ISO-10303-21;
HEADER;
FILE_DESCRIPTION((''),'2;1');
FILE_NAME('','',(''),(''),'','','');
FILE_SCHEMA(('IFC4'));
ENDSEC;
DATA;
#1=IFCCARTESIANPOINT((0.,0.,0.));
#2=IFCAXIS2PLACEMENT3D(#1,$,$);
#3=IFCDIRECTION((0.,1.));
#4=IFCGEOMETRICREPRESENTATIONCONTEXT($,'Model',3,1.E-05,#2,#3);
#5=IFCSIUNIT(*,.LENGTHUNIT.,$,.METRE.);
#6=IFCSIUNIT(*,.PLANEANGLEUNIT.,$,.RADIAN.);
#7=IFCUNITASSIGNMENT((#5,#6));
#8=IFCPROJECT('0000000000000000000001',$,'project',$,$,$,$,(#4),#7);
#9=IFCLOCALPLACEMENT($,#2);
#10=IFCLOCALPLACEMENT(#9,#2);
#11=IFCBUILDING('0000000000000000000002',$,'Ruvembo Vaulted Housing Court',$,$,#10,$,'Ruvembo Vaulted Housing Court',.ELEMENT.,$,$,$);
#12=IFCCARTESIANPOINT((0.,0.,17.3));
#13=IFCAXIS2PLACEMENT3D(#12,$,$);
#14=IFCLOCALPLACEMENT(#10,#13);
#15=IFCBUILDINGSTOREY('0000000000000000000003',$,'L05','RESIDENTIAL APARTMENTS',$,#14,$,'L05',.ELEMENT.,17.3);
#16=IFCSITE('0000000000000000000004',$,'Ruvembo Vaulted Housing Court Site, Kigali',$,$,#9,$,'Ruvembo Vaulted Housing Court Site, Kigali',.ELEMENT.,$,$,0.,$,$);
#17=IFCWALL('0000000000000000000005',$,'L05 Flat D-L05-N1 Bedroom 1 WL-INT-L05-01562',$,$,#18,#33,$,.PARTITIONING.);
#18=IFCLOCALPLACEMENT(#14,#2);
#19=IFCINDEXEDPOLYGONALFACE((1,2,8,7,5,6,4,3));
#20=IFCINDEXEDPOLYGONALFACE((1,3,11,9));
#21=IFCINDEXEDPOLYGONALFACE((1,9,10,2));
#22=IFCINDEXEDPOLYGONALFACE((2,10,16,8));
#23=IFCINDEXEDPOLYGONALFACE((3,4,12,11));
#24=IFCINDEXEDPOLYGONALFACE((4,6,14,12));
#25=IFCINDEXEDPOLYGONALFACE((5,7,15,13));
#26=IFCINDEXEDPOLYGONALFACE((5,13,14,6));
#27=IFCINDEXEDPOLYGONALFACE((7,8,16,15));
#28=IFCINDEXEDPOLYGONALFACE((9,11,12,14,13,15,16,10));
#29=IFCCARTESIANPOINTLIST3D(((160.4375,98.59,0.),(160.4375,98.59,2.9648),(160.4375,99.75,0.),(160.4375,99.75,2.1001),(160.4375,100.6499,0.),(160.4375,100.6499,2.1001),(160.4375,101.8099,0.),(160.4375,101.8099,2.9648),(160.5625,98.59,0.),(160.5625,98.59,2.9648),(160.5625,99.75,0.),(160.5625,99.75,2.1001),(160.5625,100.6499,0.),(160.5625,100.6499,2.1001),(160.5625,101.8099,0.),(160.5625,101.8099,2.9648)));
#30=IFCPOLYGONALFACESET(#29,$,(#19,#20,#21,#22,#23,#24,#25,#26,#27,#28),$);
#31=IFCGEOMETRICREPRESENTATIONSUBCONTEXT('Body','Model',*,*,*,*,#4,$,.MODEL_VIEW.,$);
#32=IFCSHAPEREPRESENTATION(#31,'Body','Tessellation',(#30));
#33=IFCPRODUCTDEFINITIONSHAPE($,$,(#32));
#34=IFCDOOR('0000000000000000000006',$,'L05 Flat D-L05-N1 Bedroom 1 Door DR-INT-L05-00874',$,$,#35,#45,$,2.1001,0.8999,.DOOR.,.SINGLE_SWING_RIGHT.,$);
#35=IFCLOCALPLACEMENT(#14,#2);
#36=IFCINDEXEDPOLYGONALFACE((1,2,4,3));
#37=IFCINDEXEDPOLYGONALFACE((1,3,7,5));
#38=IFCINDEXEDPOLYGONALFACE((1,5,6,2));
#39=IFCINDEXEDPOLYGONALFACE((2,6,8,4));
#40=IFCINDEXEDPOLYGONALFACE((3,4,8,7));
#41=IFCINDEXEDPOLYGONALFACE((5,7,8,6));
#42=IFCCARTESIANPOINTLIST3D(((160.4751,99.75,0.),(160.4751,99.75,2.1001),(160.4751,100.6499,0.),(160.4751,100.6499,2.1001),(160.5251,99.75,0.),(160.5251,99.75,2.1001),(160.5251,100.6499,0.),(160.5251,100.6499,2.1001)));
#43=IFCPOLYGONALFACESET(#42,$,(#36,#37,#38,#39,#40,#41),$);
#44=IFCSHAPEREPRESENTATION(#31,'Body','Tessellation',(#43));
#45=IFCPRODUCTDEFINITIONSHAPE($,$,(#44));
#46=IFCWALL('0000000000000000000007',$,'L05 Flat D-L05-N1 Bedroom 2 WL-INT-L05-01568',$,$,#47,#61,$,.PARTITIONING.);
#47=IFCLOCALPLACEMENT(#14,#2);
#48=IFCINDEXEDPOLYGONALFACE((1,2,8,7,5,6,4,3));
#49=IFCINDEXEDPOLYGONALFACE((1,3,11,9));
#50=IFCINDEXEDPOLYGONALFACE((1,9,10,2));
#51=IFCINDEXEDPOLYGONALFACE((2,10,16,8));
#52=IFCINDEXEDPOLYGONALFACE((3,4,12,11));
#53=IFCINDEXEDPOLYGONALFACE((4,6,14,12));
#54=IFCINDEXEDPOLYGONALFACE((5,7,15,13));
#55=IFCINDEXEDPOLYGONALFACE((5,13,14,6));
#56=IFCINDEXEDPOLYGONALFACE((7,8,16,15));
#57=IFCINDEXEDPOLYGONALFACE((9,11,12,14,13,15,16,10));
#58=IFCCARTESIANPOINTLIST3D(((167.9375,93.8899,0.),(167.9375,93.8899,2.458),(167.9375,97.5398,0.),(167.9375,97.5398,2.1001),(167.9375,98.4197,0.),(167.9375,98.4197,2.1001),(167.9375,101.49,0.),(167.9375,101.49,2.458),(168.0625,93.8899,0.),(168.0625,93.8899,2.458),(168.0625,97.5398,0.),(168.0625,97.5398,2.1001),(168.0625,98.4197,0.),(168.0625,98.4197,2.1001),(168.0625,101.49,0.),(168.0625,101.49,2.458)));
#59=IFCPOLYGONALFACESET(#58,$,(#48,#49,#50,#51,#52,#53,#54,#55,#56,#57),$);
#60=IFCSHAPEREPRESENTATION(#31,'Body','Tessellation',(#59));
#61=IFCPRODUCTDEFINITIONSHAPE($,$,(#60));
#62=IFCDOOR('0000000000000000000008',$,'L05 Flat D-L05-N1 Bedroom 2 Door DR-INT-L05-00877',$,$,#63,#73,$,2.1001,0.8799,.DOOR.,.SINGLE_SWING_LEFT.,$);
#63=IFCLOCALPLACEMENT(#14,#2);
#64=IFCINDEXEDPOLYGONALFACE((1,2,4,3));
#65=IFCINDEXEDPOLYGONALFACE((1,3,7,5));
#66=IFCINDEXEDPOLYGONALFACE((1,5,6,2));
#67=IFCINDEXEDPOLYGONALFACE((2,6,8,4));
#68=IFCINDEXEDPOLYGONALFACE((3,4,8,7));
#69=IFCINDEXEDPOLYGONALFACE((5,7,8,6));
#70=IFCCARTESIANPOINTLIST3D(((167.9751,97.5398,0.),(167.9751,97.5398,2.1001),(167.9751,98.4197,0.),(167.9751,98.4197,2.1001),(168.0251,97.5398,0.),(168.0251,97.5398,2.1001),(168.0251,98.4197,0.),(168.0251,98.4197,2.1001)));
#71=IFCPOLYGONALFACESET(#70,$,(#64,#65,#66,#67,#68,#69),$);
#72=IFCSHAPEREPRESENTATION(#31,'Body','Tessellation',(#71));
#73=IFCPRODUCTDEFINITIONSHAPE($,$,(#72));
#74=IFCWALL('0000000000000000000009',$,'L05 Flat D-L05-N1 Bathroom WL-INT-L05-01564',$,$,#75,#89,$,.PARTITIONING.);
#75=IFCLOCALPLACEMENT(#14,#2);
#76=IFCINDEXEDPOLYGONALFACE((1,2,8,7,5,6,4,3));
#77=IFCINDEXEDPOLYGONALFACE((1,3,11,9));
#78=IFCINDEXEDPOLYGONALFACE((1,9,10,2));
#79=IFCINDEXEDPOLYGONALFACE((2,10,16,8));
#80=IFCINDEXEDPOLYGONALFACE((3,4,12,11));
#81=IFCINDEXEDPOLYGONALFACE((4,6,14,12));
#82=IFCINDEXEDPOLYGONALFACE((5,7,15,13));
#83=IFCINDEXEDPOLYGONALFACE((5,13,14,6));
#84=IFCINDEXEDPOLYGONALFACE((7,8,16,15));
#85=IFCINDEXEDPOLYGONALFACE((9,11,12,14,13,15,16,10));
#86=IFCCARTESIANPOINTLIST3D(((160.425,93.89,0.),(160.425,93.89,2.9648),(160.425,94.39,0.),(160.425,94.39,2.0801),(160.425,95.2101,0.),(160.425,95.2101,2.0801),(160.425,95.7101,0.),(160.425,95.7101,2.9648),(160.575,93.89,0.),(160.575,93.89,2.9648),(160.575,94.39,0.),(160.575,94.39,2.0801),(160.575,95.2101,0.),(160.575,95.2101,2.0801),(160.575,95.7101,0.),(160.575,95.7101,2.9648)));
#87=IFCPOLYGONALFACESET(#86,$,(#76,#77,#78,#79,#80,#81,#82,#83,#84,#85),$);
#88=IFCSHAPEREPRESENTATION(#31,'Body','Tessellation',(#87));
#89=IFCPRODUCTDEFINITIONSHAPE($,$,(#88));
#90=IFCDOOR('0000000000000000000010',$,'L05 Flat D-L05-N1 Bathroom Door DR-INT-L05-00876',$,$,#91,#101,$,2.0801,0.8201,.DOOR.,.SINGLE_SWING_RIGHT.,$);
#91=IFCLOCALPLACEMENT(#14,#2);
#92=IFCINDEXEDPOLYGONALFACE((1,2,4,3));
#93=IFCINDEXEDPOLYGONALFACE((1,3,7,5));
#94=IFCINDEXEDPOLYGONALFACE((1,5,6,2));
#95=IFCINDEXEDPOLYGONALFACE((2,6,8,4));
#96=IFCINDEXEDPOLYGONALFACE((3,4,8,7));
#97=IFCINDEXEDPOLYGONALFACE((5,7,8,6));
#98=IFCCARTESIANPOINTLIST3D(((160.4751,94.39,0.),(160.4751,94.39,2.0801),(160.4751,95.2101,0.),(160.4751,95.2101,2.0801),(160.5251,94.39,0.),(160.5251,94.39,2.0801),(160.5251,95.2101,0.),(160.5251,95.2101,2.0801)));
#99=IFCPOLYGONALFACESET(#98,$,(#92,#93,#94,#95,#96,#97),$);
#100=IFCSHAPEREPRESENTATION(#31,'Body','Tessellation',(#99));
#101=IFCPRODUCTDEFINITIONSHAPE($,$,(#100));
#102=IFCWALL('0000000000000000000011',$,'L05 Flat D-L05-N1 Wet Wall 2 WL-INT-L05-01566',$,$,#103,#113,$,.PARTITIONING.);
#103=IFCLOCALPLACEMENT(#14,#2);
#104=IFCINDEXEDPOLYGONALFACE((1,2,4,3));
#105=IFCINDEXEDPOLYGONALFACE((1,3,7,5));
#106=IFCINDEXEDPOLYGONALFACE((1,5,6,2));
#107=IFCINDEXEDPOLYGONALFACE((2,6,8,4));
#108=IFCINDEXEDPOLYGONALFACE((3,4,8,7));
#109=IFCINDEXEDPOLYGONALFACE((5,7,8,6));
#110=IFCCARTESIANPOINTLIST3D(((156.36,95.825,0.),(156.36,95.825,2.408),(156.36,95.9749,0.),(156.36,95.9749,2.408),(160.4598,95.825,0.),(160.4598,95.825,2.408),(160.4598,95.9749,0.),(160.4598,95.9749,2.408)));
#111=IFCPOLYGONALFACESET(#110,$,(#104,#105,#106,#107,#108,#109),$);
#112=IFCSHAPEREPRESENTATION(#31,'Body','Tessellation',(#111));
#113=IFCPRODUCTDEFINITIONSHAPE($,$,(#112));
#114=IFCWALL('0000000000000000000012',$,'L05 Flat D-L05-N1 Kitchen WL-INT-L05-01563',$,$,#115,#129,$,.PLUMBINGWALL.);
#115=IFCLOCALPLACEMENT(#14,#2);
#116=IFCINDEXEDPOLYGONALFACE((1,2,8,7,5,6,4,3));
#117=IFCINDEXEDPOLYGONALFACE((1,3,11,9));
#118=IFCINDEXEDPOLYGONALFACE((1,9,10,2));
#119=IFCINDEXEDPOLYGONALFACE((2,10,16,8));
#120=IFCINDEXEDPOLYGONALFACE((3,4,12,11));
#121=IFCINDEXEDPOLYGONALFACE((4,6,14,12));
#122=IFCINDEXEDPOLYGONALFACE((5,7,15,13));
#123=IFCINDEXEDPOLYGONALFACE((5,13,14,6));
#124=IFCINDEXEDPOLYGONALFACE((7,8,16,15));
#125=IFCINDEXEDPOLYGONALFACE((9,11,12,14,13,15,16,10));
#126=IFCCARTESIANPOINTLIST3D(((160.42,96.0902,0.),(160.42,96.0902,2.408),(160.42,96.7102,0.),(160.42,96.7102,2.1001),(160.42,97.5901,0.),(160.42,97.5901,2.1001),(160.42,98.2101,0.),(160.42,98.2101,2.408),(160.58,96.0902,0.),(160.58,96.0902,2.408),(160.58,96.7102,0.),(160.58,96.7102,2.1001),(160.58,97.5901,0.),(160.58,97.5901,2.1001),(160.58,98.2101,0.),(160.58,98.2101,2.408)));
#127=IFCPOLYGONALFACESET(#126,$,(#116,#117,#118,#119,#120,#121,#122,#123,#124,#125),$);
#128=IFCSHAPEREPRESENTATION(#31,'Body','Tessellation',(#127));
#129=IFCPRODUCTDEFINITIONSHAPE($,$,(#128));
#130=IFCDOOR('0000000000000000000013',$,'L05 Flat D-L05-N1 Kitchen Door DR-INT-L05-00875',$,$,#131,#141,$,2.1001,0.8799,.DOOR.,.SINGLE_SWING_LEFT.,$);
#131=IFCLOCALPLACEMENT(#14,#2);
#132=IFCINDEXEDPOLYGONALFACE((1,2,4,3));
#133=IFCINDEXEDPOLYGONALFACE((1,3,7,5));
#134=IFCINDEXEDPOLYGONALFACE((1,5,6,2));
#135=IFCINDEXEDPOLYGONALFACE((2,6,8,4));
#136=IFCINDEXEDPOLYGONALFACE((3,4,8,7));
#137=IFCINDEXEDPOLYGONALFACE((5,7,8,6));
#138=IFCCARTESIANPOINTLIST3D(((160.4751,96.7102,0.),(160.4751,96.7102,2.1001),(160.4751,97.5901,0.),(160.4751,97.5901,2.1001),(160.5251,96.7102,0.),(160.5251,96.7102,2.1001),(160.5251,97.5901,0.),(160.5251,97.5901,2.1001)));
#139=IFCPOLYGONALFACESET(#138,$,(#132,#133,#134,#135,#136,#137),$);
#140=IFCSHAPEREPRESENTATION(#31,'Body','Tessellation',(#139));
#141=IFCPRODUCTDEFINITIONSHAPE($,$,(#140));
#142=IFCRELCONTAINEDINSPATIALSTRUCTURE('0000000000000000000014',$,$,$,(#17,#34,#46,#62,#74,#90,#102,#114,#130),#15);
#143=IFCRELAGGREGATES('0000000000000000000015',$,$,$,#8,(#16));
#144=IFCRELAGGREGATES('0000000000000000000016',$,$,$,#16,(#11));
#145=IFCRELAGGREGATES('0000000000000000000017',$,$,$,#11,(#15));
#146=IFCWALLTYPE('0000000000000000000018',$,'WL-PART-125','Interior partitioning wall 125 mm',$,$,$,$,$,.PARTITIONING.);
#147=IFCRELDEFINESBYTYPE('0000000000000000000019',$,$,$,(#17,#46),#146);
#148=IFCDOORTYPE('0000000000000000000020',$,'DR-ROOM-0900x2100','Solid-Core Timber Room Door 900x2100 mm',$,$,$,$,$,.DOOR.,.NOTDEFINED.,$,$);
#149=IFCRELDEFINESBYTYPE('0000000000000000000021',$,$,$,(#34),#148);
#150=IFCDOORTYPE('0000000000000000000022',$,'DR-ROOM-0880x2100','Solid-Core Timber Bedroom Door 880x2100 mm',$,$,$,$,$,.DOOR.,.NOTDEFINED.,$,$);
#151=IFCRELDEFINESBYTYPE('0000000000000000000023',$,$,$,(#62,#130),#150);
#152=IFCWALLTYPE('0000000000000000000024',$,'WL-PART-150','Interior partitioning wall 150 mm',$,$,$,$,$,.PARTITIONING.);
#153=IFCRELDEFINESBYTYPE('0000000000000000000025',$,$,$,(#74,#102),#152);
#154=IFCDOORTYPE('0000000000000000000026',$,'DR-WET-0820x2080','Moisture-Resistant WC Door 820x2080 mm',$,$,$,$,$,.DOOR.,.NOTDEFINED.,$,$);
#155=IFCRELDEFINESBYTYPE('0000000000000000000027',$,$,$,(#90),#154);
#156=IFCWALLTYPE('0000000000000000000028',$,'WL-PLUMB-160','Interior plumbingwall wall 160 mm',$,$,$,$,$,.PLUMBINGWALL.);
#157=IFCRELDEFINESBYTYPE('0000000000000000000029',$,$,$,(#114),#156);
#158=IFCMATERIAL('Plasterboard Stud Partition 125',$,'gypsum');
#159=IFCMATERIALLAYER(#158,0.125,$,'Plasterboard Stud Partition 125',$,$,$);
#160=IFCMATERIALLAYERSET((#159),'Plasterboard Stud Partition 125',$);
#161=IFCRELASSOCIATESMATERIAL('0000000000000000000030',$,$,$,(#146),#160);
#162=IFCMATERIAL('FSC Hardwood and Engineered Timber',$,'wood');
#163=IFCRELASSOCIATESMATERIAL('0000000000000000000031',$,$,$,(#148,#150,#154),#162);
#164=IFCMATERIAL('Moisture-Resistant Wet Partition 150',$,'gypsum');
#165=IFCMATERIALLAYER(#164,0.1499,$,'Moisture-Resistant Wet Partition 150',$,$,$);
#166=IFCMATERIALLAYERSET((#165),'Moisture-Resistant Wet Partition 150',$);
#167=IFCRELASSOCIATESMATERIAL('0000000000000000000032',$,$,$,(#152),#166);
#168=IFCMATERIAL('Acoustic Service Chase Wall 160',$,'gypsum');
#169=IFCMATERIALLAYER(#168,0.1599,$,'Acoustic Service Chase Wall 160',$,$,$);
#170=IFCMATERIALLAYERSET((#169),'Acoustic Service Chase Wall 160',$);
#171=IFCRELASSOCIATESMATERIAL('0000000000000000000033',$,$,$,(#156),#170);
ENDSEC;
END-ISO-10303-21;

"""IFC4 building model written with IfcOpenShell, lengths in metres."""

from ifc_helpers import new_model, si_unit, direction, frame, frame_2d, origin, place, context, subcontext, project, spatial, rectangle, extrude, material, layer, layer_set, type_object, element, fill, save


model = new_model("IFC4")

# Units and contexts
model_context = context("Model", 3, precision=1e-05, world=origin(), true_north=direction((0.0, 1.0)))
body_context = subcontext(model_context, "Body", "Model", "MODEL_VIEW")
ifc_project = project(units=[si_unit("LENGTHUNIT", "METRE"), si_unit("PLANEANGLEUNIT", "RADIAN")], contexts=[model_context])

# Site, building, storey
site_placement = place(None, origin())
site = spatial("IfcSite", under=ifc_project, at=site_placement, Name="Ruvembo Vaulted Housing Court Site, Kigali", LongName="Ruvembo Vaulted Housing Court Site, Kigali", CompositionType="ELEMENT", RefElevation=0.0)
building_placement = place(site_placement, origin())
building = spatial("IfcBuilding", under=site, at=building_placement, Name="Ruvembo Vaulted Housing Court", LongName="Ruvembo Vaulted Housing Court", CompositionType="ELEMENT")
storey_placement = place(building_placement, frame((0.0, 0.0, 17.3)))
storey = spatial("IfcBuildingStorey", under=building, at=storey_placement, Name="L05", Description="RESIDENTIAL APARTMENTS", LongName="L05", CompositionType="ELEMENT", Elevation=17.3)

# Shared definitions
ifc_material_1 = material(Name="FSC Hardwood and Engineered Timber", Category="wood")

# Walls, openings, doors
ifc_material_2 = material(Name="Plasterboard Stud Partition 125", Category="gypsum")
ifc_layer_1 = layer(ifc_material_2, 0.125, Name="Plasterboard Stud Partition 125")
ifc_layer_set_1 = layer_set([ifc_layer_1], Name="Plasterboard Stud Partition 125")
wall_type_1 = type_object("IfcWallType", Name="WL-PART-125", Description="Interior partitioning wall 125 mm", PredefinedType="PARTITIONING", material=ifc_layer_set_1)
wall_1_placement = place(storey_placement, frame((160.5, 98.5901, 0.0), z_axis=(0.0, 0.0, 1.0), x_axis=(0.0, 1.0, 0.0)))
wall_1 = element("IfcWall", 1, at=wall_1_placement, inside=storey, type_object=wall_type_1, Name="L05 Flat D-L05-N1 Bedroom 1 WL-INT-L05-01562", PredefinedType="PARTITIONING", context=body_context, shape_type="SweptSolid", body=[
    extrude(rectangle(XDim=3.22, YDim=0.125, at=frame_2d((1.6099, 0.0))), origin(), (0.0, 0.0, 1.0), 2.9648),
])
opening_1_placement = place(wall_1_placement, frame((1.1599, 0.0, 0.0)))
opening_1 = element("IfcOpeningElement", 2, at=opening_1_placement, cuts=wall_1, PredefinedType="OPENING", context=body_context, shape_type="SweptSolid", body=[
    extrude(rectangle(XDim=0.8999, YDim=2.1001, at=frame_2d((0.45, 1.05))), frame((0.0, 0.0725, 0.0), z_axis=(0.0, -1.0, 0.0), x_axis=(1.0, 0.0, 0.0)), (0.0, 0.0, 1.0), 0.145),
])
door_type_1 = type_object("IfcDoorType", Name="DR-ROOM-0900x2100", Description="Solid-Core Timber Room Door 900x2100 mm", OperationType="NOTDEFINED", PredefinedType="DOOR", material=ifc_material_1)
door_1_placement = place(opening_1_placement, origin())
door_1 = element("IfcDoor", 3, at=door_1_placement, inside=storey, type_object=door_type_1, Name="L05 Flat D-L05-N1 Bedroom 1 Door DR-INT-L05-00874", OperationType="SINGLE_SWING_RIGHT", OverallHeight=2.1001, OverallWidth=0.8999, PredefinedType="DOOR", context=body_context, shape_type="SweptSolid", body=[
    extrude(rectangle(XDim=0.8999, YDim=2.1001, at=frame_2d((0.45, 1.05))), frame((0.0, 0.0249, 0.0), z_axis=(0.0, -1.0, 0.0), x_axis=(1.0, 0.0, 0.0)), (0.0, 0.0, 1.0), 0.05),
])
fill(opening_1, door_1)
wall_2_placement = place(storey_placement, frame((168.0, 93.8899, 0.0), z_axis=(0.0, 0.0, 1.0), x_axis=(0.0, 1.0, 0.0)))
wall_2 = element("IfcWall", 4, at=wall_2_placement, inside=storey, type_object=wall_type_1, Name="L05 Flat D-L05-N1 Bedroom 2 WL-INT-L05-01568", PredefinedType="PARTITIONING", context=body_context, shape_type="SweptSolid", body=[
    extrude(rectangle(XDim=7.6001, YDim=0.125, at=frame_2d((3.8, 0.0))), origin(), (0.0, 0.0, 1.0), 2.458),
])
opening_2_placement = place(wall_2_placement, frame((3.6499, 0.0, 0.0)))
opening_2 = element("IfcOpeningElement", 5, at=opening_2_placement, cuts=wall_2, PredefinedType="OPENING", context=body_context, shape_type="SweptSolid", body=[
    extrude(rectangle(XDim=0.8799, YDim=2.1001, at=frame_2d((0.4399, 1.05))), frame((0.0, 0.0725, 0.0), z_axis=(0.0, -1.0, 0.0), x_axis=(1.0, 0.0, 0.0)), (0.0, 0.0, 1.0), 0.145),
])
door_type_2 = type_object("IfcDoorType", Name="DR-ROOM-0880x2100", Description="Solid-Core Timber Bedroom Door 880x2100 mm", OperationType="NOTDEFINED", PredefinedType="DOOR", material=ifc_material_1)
door_2_placement = place(opening_2_placement, origin())
door_2 = element("IfcDoor", 6, at=door_2_placement, inside=storey, type_object=door_type_2, Name="L05 Flat D-L05-N1 Bedroom 2 Door DR-INT-L05-00877", OperationType="SINGLE_SWING_LEFT", OverallHeight=2.1001, OverallWidth=0.8799, PredefinedType="DOOR", context=body_context, shape_type="SweptSolid", body=[
    extrude(rectangle(XDim=0.8799, YDim=2.1001, at=frame_2d((0.4399, 1.05))), frame((0.0, 0.0249, 0.0), z_axis=(0.0, -1.0, 0.0), x_axis=(1.0, 0.0, 0.0)), (0.0, 0.0, 1.0), 0.05),
])
fill(opening_2, door_2)
ifc_material_3 = material(Name="Moisture-Resistant Wet Partition 150", Category="gypsum")
ifc_layer_2 = layer(ifc_material_3, 0.1499, Name="Moisture-Resistant Wet Partition 150")
ifc_layer_set_2 = layer_set([ifc_layer_2], Name="Moisture-Resistant Wet Partition 150")
wall_type_2 = type_object("IfcWallType", Name="WL-PART-150", Description="Interior partitioning wall 150 mm", PredefinedType="PARTITIONING", material=ifc_layer_set_2)
wall_3_placement = place(storey_placement, frame((160.5, 93.8899, 0.0), z_axis=(0.0, 0.0, 1.0), x_axis=(0.0, 1.0, 0.0)))
wall_3 = element("IfcWall", 7, at=wall_3_placement, inside=storey, type_object=wall_type_2, Name="L05 Flat D-L05-N1 Bathroom WL-INT-L05-01564", PredefinedType="PARTITIONING", context=body_context, shape_type="SweptSolid", body=[
    extrude(rectangle(XDim=1.8201, YDim=0.1499, at=frame_2d((0.9102, 0.0))), origin(), (0.0, 0.0, 1.0), 2.9648),
])
opening_3_placement = place(wall_3_placement, frame((0.5, 0.0, 0.0)))
opening_3 = element("IfcOpeningElement", 8, at=opening_3_placement, cuts=wall_3, PredefinedType="OPENING", context=body_context, shape_type="SweptSolid", body=[
    extrude(rectangle(XDim=0.8201, YDim=2.0801, at=frame_2d((0.4102, 1.04))), frame((0.0, 0.085, 0.0), z_axis=(0.0, -1.0, 0.0), x_axis=(1.0, 0.0, 0.0)), (0.0, 0.0, 1.0), 0.1699),
])
door_type_3 = type_object("IfcDoorType", Name="DR-WET-0820x2080", Description="Moisture-Resistant WC Door 820x2080 mm", OperationType="NOTDEFINED", PredefinedType="DOOR", material=ifc_material_1)
door_3_placement = place(opening_3_placement, origin())
door_3 = element("IfcDoor", 9, at=door_3_placement, inside=storey, type_object=door_type_3, Name="L05 Flat D-L05-N1 Bathroom Door DR-INT-L05-00876", OperationType="SINGLE_SWING_RIGHT", OverallHeight=2.0801, OverallWidth=0.8201, PredefinedType="DOOR", context=body_context, shape_type="SweptSolid", body=[
    extrude(rectangle(XDim=0.8201, YDim=2.0801, at=frame_2d((0.4102, 1.04))), frame((0.0, 0.0249, 0.0), z_axis=(0.0, -1.0, 0.0), x_axis=(1.0, 0.0, 0.0)), (0.0, 0.0, 1.0), 0.05),
])
fill(opening_3, door_3)

# Wall
wall_4_placement = place(storey_placement, frame((156.3601, 95.8999, 0.0), z_axis=(0.0, 0.0, 1.0), x_axis=(1.0, 0.0, 0.0)))
element("IfcWall", 10, at=wall_4_placement, inside=storey, type_object=wall_type_2, Name="L05 Flat D-L05-N1 Wet Wall 2 WL-INT-L05-01566", PredefinedType="PARTITIONING", context=body_context, shape_type="SweptSolid", body=[
    extrude(rectangle(XDim=4.0999, YDim=0.1499, at=frame_2d((2.0498, 0.0))), origin(), (0.0, 0.0, 1.0), 2.408),
])

# Wall, opening, door
ifc_material_4 = material(Name="Acoustic Service Chase Wall 160", Category="gypsum")
ifc_layer_3 = layer(ifc_material_4, 0.1599, Name="Acoustic Service Chase Wall 160")
ifc_layer_set_3 = layer_set([ifc_layer_3], Name="Acoustic Service Chase Wall 160")
wall_type_3 = type_object("IfcWallType", Name="WL-PLUMB-160", Description="Interior plumbingwall wall 160 mm", PredefinedType="PLUMBINGWALL", material=ifc_layer_set_3)
wall_5_placement = place(storey_placement, frame((160.5, 96.0901, 0.0), z_axis=(0.0, 0.0, 1.0), x_axis=(0.0, 1.0, 0.0)))
wall_5 = element("IfcWall", 11, at=wall_5_placement, inside=storey, type_object=wall_type_3, Name="L05 Flat D-L05-N1 Kitchen WL-INT-L05-01563", PredefinedType="PLUMBINGWALL", context=body_context, shape_type="SweptSolid", body=[
    extrude(rectangle(XDim=2.1199, YDim=0.1599, at=frame_2d((1.0601, 0.0))), origin(), (0.0, 0.0, 1.0), 2.408),
])
opening_4_placement = place(wall_5_placement, frame((0.6201, 0.0, 0.0)))
opening_4 = element("IfcOpeningElement", 12, at=opening_4_placement, cuts=wall_5, PredefinedType="OPENING", context=body_context, shape_type="SweptSolid", body=[
    extrude(rectangle(XDim=0.8799, YDim=2.1001, at=frame_2d((0.4399, 1.05))), frame((0.0, 0.0898, 0.0), z_axis=(0.0, -1.0, 0.0), x_axis=(1.0, 0.0, 0.0)), (0.0, 0.0, 1.0), 0.1799),
])
door_4_placement = place(opening_4_placement, origin())
door_4 = element("IfcDoor", 13, at=door_4_placement, inside=storey, type_object=door_type_2, Name="L05 Flat D-L05-N1 Kitchen Door DR-INT-L05-00875", OperationType="SINGLE_SWING_LEFT", OverallHeight=2.1001, OverallWidth=0.8799, PredefinedType="DOOR", context=body_context, shape_type="SweptSolid", body=[
    extrude(rectangle(XDim=0.8799, YDim=2.1001, at=frame_2d((0.4399, 1.05))), frame((0.0, 0.0249, 0.0), z_axis=(0.0, -1.0, 0.0), x_axis=(1.0, 0.0, 0.0)), (0.0, 0.0, 1.0), 0.05),
])
fill(opening_4, door_4)

save(model, "model.ifc")
